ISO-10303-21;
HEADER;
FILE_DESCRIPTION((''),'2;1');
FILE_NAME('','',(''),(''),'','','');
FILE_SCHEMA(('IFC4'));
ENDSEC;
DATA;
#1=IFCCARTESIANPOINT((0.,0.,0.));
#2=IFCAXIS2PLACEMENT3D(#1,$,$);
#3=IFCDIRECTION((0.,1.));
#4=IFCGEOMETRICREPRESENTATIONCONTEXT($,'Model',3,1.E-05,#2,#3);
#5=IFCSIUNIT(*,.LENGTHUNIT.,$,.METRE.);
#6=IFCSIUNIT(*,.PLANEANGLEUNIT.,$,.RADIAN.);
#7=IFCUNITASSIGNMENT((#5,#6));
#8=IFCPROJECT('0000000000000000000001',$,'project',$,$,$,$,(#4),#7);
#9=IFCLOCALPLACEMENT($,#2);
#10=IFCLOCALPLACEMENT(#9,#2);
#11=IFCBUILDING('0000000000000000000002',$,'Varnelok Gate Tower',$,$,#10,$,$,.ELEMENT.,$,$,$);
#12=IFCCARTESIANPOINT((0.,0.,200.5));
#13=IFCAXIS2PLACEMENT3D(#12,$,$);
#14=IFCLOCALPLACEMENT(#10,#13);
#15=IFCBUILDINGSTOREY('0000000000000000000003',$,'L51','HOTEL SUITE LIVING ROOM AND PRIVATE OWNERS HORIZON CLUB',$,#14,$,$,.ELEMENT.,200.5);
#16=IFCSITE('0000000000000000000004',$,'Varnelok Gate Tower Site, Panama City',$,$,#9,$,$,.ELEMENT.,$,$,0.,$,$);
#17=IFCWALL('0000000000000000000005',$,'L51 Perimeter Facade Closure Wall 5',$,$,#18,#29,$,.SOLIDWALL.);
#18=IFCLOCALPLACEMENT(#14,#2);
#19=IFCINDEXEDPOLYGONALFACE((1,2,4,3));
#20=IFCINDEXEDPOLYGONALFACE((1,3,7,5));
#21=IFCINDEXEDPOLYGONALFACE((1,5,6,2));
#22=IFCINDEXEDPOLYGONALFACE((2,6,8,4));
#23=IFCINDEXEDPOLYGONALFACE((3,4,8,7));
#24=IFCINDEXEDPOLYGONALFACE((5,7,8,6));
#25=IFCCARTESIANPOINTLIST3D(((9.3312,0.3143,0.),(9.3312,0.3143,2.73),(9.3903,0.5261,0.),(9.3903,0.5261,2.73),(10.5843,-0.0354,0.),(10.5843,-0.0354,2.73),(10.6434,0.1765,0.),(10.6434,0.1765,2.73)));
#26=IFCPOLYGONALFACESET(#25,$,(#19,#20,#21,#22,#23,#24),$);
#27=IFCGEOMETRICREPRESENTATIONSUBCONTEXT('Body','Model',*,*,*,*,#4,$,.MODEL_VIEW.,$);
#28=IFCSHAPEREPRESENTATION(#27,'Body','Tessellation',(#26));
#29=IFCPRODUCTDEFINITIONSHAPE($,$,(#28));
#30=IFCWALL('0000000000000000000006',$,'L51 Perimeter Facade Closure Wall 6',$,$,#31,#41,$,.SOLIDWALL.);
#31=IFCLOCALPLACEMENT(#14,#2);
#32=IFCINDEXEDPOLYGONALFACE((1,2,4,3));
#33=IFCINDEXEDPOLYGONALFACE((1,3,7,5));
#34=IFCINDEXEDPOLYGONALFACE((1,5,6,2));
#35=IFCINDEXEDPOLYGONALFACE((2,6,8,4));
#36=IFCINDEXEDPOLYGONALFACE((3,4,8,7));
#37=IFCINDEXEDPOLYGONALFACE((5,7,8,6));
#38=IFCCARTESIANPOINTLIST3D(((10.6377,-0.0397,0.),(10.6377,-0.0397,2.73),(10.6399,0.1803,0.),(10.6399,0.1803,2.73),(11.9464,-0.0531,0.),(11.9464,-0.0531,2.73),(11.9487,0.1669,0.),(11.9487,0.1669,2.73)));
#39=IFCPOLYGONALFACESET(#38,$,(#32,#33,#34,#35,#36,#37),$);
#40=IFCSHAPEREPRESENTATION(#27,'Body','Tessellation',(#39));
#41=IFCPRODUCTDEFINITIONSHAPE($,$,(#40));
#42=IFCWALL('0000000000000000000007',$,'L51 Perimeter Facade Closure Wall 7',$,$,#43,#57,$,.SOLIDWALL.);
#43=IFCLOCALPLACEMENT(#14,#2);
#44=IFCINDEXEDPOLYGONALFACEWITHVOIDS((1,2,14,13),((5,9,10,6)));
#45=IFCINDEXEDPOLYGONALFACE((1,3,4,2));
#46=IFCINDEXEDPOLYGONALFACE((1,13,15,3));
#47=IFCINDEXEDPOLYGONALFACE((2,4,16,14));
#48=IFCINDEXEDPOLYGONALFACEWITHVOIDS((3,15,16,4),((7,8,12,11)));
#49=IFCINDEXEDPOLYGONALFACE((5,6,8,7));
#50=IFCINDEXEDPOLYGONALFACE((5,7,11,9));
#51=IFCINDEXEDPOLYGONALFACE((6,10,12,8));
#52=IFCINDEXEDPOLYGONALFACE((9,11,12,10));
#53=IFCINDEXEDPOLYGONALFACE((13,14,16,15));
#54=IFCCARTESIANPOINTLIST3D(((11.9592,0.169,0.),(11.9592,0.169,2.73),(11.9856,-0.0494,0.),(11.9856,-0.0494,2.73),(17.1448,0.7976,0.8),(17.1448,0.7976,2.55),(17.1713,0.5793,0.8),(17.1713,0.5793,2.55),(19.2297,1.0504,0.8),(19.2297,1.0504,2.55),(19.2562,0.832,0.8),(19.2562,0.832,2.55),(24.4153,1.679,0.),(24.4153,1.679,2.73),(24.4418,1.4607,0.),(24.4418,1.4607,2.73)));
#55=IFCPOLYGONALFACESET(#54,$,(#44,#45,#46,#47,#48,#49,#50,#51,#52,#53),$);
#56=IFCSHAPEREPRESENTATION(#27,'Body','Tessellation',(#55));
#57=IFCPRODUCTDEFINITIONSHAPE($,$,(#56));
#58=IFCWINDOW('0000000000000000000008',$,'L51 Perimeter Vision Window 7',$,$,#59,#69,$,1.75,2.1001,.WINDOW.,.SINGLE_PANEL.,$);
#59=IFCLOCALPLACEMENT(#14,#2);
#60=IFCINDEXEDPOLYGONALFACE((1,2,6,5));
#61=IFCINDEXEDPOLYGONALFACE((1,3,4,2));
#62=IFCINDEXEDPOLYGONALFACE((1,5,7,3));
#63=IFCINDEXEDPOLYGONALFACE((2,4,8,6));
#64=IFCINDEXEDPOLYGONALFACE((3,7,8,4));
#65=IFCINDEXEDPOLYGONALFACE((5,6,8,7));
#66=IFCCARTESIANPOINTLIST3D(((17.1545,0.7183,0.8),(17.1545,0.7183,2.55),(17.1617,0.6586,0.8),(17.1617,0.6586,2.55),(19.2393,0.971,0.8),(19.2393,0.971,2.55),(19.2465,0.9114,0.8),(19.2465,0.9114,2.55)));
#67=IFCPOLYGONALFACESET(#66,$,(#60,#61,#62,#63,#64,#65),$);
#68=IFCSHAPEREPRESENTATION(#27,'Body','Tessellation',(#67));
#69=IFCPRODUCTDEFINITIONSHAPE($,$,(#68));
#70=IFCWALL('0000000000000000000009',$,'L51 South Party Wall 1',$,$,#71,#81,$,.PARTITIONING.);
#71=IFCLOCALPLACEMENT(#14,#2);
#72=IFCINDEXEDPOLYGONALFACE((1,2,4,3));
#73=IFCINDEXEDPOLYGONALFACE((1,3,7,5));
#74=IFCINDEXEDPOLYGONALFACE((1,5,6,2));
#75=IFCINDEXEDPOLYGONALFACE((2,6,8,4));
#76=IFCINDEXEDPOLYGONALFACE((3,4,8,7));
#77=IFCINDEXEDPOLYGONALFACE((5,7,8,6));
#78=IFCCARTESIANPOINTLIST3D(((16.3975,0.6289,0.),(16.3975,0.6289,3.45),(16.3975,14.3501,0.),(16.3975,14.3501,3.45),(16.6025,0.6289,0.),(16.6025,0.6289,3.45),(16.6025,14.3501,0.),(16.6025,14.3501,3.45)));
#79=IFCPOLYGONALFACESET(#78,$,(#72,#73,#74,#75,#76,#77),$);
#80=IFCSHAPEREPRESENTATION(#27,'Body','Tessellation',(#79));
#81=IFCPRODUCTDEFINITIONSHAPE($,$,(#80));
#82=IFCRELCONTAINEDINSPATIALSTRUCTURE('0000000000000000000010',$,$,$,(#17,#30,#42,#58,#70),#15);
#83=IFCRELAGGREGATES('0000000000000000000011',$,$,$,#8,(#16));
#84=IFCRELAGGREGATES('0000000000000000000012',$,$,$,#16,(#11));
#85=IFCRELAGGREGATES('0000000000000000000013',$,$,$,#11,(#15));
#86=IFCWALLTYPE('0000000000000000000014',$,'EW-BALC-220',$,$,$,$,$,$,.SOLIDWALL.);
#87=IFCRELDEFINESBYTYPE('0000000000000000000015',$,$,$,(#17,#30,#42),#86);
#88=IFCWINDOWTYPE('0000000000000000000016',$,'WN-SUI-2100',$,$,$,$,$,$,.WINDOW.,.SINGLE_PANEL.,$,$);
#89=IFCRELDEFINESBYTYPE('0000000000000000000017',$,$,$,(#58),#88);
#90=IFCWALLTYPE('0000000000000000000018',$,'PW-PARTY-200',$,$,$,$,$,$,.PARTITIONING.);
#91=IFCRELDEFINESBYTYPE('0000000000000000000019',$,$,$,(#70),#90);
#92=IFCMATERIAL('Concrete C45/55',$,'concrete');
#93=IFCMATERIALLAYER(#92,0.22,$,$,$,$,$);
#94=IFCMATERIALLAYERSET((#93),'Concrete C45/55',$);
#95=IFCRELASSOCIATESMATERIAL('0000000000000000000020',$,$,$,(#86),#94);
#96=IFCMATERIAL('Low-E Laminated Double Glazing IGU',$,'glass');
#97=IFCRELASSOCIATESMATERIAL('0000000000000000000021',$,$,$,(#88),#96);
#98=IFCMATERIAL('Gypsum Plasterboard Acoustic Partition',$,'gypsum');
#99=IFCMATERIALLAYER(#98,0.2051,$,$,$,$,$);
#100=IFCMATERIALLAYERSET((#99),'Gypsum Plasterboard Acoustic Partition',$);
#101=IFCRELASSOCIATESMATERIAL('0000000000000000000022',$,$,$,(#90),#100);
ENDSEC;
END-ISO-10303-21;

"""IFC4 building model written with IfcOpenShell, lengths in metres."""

from ifc_helpers import new_model, si_unit, direction, frame, frame_2d, origin, place, context, subcontext, project, spatial, rectangle, extrude, material, layer, layer_set, type_object, element, fill, save


model = new_model("IFC4")

# Units and contexts
model_context = context("Model", 3, precision=1e-05, world=origin(), true_north=direction((0.0, 1.0)))
body_context = subcontext(model_context, "Body", "Model", "MODEL_VIEW")
ifc_project = project(units=[si_unit("LENGTHUNIT", "METRE"), si_unit("PLANEANGLEUNIT", "RADIAN")], contexts=[model_context])

# Site, building, storey
site_placement = place(None, origin())
site = spatial("IfcSite", under=ifc_project, at=site_placement, Name="Varnelok Gate Tower Site, Panama City", CompositionType="ELEMENT", RefElevation=0.0)
building_placement = place(site_placement, origin())
building = spatial("IfcBuilding", under=site, at=building_placement, Name="Varnelok Gate Tower", CompositionType="ELEMENT")
storey_placement = place(building_placement, frame((0.0, 0.0, 200.5)))
storey = spatial("IfcBuildingStorey", under=building, at=storey_placement, Name="L51", Description="HOTEL SUITE LIVING ROOM AND PRIVATE OWNERS HORIZON CLUB", CompositionType="ELEMENT", Elevation=200.5)

# Shared definitions
ifc_material_1 = material(Name="Concrete C45/55", Category="concrete")

# Shared definitions
ifc_material_2 = material(Name="Low-E Laminated Double Glazing IGU", Category="glass")

# Walls
ifc_layer_1 = layer(ifc_material_1, 0.22)
ifc_layer_set_1 = layer_set([ifc_layer_1], Name="Concrete C45/55")
wall_type_1 = type_object("IfcWallType", Name="EW-BALC-220", PredefinedType="SOLIDWALL", material=ifc_layer_set_1)
wall_1_placement = place(storey_placement, frame((9.3608, 0.4202, 0.0), z_axis=(0.0, 0.0, 1.0), x_axis=(0.963219, -0.268718, 0.0)))
element("IfcWall", 1, at=wall_1_placement, inside=storey, type_object=wall_type_1, Name="L51 Perimeter Facade Closure Wall 5", PredefinedType="SOLIDWALL", context=body_context, shape_type="SweptSolid", body=[
    extrude(rectangle(XDim=1.301, YDim=0.22, at=frame_2d((0.6504, 0.0))), origin(), (0.0, 0.0, 1.0), 2.73),
])
wall_2_placement = place(storey_placement, frame((10.6389, 0.0703, 0.0), z_axis=(0.0, 0.0, 1.0), x_axis=(0.999947, -0.010259, 0.0)))
element("IfcWall", 2, at=wall_2_placement, inside=storey, type_object=wall_type_1, Name="L51 Perimeter Facade Closure Wall 6", PredefinedType="SOLIDWALL", context=body_context, shape_type="SweptSolid", body=[
    extrude(rectangle(XDim=1.3088, YDim=0.22, at=frame_2d((0.6543, 0.0))), origin(), (0.0, 0.0, 1.0), 2.73),
])

# Wall, opening, window
wall_3_placement = place(storey_placement, frame((11.9724, 0.0598, 0.0), z_axis=(0.0, 0.0, 1.0), x_axis=(0.992732, 0.120346, 0.0)))
wall_3 = element("IfcWall", 3, at=wall_3_placement, inside=storey, type_object=wall_type_1, Name="L51 Perimeter Facade Closure Wall 7", PredefinedType="SOLIDWALL", context=body_context, shape_type="SweptSolid", body=[
    extrude(rectangle(XDim=12.5474, YDim=0.22, at=frame_2d((6.2737, 0.0))), origin(), (0.0, 0.0, 1.0), 2.73),
])
opening_placement = place(wall_3_placement, frame((5.2236, 0.0, 0.8)))
opening = element("IfcOpeningElement", 4, at=opening_placement, cuts=wall_3, PredefinedType="OPENING", context=body_context, shape_type="SweptSolid", body=[
    extrude(rectangle(XDim=2.1001, YDim=1.75, at=frame_2d((1.05, 0.875))), frame((0.0, 0.1199, 0.0), z_axis=(0.0, -1.0, 0.0), x_axis=(1.0, 0.0, 0.0)), (0.0, 0.0, 1.0), 0.24),
])
window_type = type_object("IfcWindowType", Name="WN-SUI-2100", PartitioningType="SINGLE_PANEL", PredefinedType="WINDOW", material=ifc_material_2)
window_placement = place(opening_placement, origin())
window = element("IfcWindow", 5, at=window_placement, inside=storey, type_object=window_type, Name="L51 Perimeter Vision Window 7", OverallHeight=1.75, OverallWidth=2.1001, PartitioningType="SINGLE_PANEL", PredefinedType="WINDOW", context=body_context, shape_type="SweptSolid", body=[
    extrude(rectangle(XDim=2.1001, YDim=1.75, at=frame_2d((1.05, 0.875))), frame((0.0, 0.03, 0.0), z_axis=(0.0, -1.0, 0.0), x_axis=(1.0, 0.0, 0.0)), (0.0, 0.0, 1.0), 0.0601),
])
fill(opening, window)

# Wall
ifc_material_3 = material(Name="Gypsum Plasterboard Acoustic Partition", Category="gypsum")
ifc_layer_2 = layer(ifc_material_3, 0.2051)
ifc_layer_set_2 = layer_set([ifc_layer_2], Name="Gypsum Plasterboard Acoustic Partition")
wall_type_2 = type_object("IfcWallType", Name="PW-PARTY-200", PredefinedType="PARTITIONING", material=ifc_layer_set_2)
wall_4_placement = place(storey_placement, frame((16.5, 0.6289, 0.0), z_axis=(0.0, 0.0, 1.0), x_axis=(0.0, 1.0, 0.0)))
element("IfcWall", 6, at=wall_4_placement, inside=storey, type_object=wall_type_2, Name="L51 South Party Wall 1", PredefinedType="PARTITIONING", context=body_context, shape_type="SweptSolid", body=[
    extrude(rectangle(XDim=13.7212, YDim=0.2051, at=frame_2d((6.8606, 0.0))), origin(), (0.0, 0.0, 1.0), 3.45),
])

save(model, "model.ifc")
